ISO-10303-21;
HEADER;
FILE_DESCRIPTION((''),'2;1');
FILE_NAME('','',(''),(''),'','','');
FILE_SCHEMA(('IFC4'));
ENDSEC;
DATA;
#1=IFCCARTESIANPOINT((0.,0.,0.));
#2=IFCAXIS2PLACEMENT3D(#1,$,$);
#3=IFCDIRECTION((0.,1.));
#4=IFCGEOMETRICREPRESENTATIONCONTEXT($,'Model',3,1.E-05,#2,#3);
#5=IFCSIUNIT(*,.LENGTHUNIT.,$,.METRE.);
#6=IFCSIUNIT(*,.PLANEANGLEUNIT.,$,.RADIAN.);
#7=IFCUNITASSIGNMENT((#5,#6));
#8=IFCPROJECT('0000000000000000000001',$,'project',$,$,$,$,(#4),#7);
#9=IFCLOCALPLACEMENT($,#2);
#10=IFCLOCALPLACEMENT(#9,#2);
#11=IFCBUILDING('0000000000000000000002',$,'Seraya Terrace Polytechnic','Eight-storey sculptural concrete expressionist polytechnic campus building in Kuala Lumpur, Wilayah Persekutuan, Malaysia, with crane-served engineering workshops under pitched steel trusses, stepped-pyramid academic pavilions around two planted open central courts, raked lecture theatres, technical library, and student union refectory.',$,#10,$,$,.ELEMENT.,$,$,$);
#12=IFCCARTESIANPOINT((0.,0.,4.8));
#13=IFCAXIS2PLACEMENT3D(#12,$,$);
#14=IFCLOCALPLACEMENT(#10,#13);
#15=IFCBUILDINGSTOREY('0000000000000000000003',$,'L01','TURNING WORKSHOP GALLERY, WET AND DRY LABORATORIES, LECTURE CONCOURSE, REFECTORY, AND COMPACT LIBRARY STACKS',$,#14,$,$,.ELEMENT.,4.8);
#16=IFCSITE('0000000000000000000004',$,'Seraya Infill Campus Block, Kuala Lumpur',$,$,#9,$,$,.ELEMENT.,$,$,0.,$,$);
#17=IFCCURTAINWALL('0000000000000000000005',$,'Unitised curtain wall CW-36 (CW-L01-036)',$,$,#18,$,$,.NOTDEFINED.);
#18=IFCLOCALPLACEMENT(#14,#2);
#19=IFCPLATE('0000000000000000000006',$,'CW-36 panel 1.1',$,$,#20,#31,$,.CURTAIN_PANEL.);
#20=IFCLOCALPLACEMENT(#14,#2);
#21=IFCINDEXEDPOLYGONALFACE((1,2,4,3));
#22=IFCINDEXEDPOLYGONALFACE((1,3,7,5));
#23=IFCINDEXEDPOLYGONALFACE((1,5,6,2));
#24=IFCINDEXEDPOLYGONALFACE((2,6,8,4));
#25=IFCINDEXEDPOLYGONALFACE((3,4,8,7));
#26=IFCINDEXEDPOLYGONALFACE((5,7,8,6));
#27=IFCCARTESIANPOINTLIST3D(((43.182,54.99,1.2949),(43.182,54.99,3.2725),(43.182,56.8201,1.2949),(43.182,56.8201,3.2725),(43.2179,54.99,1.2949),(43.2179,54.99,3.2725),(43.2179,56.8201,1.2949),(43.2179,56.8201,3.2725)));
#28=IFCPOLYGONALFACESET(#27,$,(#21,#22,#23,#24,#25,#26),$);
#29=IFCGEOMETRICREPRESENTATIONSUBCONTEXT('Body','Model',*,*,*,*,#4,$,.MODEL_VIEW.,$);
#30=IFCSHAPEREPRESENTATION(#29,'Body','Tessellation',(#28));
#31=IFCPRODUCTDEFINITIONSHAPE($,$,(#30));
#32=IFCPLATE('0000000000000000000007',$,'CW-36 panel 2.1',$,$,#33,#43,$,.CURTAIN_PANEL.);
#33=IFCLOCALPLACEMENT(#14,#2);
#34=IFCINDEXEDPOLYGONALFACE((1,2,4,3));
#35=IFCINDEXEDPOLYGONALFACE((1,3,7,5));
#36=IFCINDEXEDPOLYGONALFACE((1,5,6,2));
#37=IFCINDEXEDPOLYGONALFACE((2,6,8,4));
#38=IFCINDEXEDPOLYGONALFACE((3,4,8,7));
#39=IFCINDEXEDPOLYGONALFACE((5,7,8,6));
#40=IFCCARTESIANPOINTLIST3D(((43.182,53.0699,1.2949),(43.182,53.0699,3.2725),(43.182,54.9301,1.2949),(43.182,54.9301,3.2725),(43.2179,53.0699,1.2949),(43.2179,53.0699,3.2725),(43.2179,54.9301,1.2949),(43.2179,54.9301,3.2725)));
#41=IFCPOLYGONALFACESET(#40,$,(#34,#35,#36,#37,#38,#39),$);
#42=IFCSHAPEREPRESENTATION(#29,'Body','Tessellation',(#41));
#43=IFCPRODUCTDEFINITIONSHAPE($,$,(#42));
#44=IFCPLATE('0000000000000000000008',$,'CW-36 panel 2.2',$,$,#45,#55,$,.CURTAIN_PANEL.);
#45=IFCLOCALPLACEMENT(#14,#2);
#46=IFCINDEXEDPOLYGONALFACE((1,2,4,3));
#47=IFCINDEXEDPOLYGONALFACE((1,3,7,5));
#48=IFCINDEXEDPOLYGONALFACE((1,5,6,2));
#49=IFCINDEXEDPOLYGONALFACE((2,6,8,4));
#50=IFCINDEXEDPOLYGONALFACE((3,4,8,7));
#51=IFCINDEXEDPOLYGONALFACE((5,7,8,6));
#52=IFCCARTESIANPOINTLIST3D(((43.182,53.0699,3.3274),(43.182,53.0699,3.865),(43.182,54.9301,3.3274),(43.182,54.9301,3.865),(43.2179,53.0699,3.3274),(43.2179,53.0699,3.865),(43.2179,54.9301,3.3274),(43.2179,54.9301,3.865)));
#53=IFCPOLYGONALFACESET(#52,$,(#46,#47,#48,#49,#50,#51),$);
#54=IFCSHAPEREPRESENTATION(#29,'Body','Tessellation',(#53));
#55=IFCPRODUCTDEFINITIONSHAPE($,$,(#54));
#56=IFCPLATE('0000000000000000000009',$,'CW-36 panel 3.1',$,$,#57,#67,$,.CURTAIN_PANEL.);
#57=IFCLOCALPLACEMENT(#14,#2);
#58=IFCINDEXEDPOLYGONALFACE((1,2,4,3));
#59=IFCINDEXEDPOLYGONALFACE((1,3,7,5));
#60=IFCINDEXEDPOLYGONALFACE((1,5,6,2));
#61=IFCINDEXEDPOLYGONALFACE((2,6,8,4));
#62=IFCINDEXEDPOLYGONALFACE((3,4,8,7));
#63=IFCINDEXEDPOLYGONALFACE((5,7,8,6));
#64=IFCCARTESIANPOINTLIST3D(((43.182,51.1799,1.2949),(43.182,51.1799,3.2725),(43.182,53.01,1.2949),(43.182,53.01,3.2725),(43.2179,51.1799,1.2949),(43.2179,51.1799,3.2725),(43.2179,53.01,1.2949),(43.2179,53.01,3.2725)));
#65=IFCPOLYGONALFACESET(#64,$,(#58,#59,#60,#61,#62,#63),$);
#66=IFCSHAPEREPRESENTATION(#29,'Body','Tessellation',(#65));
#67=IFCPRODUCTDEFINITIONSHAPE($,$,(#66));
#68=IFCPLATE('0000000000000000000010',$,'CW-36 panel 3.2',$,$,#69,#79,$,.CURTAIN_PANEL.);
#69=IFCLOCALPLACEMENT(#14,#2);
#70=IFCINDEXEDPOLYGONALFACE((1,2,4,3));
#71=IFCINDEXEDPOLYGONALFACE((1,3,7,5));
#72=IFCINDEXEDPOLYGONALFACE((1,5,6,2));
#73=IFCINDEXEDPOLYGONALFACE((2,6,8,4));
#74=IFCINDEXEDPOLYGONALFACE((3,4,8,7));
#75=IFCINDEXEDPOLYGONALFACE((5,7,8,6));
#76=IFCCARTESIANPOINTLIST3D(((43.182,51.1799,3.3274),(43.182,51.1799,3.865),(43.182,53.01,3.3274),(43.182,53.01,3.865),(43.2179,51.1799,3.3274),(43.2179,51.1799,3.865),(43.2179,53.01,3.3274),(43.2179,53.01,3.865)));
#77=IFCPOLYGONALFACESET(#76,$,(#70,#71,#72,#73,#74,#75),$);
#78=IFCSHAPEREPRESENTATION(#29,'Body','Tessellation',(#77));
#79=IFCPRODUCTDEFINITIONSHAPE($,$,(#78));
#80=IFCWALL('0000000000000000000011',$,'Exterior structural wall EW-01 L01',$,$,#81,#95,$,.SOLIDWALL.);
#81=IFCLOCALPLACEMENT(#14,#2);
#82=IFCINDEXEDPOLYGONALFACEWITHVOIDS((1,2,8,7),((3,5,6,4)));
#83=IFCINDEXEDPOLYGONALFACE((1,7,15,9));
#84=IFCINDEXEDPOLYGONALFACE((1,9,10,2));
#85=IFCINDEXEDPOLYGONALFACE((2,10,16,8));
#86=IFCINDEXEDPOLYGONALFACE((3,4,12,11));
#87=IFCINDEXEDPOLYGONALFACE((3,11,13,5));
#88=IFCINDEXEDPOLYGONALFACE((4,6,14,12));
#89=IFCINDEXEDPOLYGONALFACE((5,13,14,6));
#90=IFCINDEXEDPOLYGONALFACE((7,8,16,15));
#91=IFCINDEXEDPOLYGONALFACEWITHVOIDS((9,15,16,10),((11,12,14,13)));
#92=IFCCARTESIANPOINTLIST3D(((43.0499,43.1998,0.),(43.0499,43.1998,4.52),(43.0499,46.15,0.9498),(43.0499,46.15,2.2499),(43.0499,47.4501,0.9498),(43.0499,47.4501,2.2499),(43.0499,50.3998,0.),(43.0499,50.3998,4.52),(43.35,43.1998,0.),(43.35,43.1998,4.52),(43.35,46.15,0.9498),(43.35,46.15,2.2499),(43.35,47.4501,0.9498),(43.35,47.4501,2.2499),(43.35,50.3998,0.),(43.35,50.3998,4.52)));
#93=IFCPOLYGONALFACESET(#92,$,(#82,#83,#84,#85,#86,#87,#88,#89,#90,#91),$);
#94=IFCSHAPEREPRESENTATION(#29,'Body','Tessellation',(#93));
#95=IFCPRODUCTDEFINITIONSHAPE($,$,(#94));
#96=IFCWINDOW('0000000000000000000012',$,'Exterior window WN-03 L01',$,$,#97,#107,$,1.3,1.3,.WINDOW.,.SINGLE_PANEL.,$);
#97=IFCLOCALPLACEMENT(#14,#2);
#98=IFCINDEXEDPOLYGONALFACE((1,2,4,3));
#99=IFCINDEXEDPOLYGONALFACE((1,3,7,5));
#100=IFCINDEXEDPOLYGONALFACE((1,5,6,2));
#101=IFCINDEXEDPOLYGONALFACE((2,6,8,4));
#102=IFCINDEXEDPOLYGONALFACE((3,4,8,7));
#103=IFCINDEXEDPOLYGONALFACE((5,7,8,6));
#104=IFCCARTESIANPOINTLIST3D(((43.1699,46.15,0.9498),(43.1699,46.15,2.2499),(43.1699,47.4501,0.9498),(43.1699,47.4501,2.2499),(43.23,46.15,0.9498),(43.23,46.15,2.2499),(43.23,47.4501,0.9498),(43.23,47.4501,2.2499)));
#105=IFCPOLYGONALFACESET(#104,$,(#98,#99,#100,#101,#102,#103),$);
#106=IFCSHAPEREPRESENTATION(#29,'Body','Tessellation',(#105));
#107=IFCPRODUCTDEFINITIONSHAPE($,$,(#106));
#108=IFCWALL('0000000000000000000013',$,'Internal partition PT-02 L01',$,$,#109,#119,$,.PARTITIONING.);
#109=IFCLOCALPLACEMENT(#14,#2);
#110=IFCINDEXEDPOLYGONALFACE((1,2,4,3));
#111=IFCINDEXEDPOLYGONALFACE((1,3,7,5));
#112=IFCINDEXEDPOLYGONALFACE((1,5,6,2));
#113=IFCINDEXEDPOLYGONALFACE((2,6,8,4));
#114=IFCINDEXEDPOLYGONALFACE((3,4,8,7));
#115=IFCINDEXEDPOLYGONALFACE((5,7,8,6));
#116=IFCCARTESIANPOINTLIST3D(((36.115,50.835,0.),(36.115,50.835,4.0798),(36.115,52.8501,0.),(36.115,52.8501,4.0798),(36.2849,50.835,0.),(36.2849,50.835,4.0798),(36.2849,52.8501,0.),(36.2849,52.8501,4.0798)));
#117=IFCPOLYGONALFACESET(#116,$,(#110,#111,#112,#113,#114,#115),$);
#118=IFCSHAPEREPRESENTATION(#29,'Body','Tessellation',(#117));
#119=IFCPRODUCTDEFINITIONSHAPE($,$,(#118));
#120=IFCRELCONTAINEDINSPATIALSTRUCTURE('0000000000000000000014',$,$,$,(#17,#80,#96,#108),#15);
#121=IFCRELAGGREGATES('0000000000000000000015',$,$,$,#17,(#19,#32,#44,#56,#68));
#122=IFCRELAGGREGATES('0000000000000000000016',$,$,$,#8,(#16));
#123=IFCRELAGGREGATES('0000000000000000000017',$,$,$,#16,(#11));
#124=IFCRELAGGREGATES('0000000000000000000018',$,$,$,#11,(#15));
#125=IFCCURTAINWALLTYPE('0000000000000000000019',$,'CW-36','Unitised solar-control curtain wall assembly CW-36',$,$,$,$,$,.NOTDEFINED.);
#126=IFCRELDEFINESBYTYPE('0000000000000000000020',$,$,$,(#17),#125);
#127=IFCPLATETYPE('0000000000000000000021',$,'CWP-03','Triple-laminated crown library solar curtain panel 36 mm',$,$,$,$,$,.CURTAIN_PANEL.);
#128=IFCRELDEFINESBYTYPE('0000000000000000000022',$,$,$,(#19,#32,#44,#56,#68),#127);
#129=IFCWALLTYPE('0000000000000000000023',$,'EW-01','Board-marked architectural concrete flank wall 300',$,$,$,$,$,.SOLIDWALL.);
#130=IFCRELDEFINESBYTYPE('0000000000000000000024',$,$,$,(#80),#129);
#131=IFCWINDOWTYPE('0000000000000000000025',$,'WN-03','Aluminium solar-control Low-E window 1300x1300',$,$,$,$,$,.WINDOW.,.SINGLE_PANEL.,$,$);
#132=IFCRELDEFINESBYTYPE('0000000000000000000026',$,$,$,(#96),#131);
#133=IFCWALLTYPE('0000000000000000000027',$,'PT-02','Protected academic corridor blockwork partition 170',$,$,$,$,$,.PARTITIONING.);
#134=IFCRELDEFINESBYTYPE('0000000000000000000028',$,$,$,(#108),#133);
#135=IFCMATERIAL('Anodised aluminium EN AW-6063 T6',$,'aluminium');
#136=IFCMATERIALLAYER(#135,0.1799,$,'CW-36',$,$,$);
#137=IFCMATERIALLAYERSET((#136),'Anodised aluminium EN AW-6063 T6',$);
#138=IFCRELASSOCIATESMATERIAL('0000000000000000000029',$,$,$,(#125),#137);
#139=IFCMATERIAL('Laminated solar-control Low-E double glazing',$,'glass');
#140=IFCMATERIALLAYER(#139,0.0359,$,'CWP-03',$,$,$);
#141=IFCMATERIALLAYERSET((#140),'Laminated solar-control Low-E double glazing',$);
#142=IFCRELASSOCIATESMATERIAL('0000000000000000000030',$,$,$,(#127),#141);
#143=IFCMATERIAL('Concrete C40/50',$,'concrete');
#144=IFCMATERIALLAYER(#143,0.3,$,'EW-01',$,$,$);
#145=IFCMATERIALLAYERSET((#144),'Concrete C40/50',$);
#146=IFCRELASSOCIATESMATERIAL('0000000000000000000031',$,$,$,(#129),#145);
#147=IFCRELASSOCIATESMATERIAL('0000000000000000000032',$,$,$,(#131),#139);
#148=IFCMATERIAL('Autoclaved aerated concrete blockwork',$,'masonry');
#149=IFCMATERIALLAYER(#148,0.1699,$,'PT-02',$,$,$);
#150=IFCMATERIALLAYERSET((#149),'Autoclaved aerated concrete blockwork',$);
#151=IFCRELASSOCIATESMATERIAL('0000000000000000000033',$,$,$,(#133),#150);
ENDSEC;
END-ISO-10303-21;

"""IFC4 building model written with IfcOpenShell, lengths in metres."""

from ifc_helpers import new_model, si_unit, direction, frame, frame_2d, origin, origin_2d, place, context, subcontext, project, spatial, rectangle, extrude, material, layer, layer_set, type_object, element, fill, aggregate, save


model = new_model("IFC4")

# Units and contexts
model_context = context("Model", 3, precision=1e-05, world=origin(), true_north=direction((0.0, 1.0)))
body_context = subcontext(model_context, "Body", "Model", "MODEL_VIEW")
ifc_project = project(units=[si_unit("LENGTHUNIT", "METRE"), si_unit("PLANEANGLEUNIT", "RADIAN")], contexts=[model_context])

# Site, building, storey
site_placement = place(None, origin())
site = spatial("IfcSite", under=ifc_project, at=site_placement, Name="Seraya Infill Campus Block, Kuala Lumpur", CompositionType="ELEMENT", RefElevation=0.0)
building_placement = place(site_placement, origin())
building = spatial("IfcBuilding", under=site, at=building_placement, Name="Seraya Terrace Polytechnic", Description="Eight-storey sculptural concrete expressionist polytechnic campus building in Kuala Lumpur, Wilayah Persekutuan, Malaysia, with crane-served engineering workshops under pitched steel trusses, stepped-pyramid academic pavilions around two planted open central courts, raked lecture theatres, technical library, and student union refectory.", CompositionType="ELEMENT")
storey_placement = place(building_placement, frame((0.0, 0.0, 4.8)))
storey = spatial("IfcBuildingStorey", under=building, at=storey_placement, Name="L01", Description="TURNING WORKSHOP GALLERY, WET AND DRY LABORATORIES, LECTURE CONCOURSE, REFECTORY, AND COMPACT LIBRARY STACKS", CompositionType="ELEMENT", Elevation=4.8)

# Shared definitions
ifc_material_1 = material(Name="Concrete C40/50", Category="concrete")

# Curtain wall, plates
ifc_material_2 = material(Name="Anodised aluminium EN AW-6063 T6", Category="aluminium")
ifc_layer_1 = layer(ifc_material_2, 0.1799, Name="CW-36")
ifc_layer_set_1 = layer_set([ifc_layer_1], Name="Anodised aluminium EN AW-6063 T6")
curtain_wall_type = type_object("IfcCurtainWallType", Name="CW-36", Description="Unitised solar-control curtain wall assembly CW-36", PredefinedType="NOTDEFINED", material=ifc_layer_set_1)
curtain_wall_placement = place(storey_placement, origin())
curtain_wall = element("IfcCurtainWall", 1, at=curtain_wall_placement, inside=storey, type_object=curtain_wall_type, Name="Unitised curtain wall CW-36 (CW-L01-036)", PredefinedType="NOTDEFINED")
ifc_material_3 = material(Name="Laminated solar-control Low-E double glazing", Category="glass")
ifc_layer_2 = layer(ifc_material_3, 0.0359, Name="CWP-03")
ifc_layer_set_2 = layer_set([ifc_layer_2], Name="Laminated solar-control Low-E double glazing")
plate_type = type_object("IfcPlateType", Name="CWP-03", Description="Triple-laminated crown library solar curtain panel 36 mm", PredefinedType="CURTAIN_PANEL", material=ifc_layer_set_2)
plate_1_placement = place(storey_placement, frame((43.2, 55.905, 1.2949), z_axis=(0.0, 0.0, 1.0), x_axis=(0.0, -1.0, 0.0)))
plate_1 = element("IfcPlate", 2, at=plate_1_placement, type_object=plate_type, Name="CW-36 panel 1.1", PredefinedType="CURTAIN_PANEL", context=body_context, shape_type="SweptSolid", body=[
    extrude(rectangle(XDim=1.8301, YDim=0.0359, at=origin_2d()), origin(), (0.0, 0.0, 1.0), 1.9775),
])
plate_2_placement = place(storey_placement, frame((43.2, 54.0, 1.2949), z_axis=(0.0, 0.0, 1.0), x_axis=(0.0, -1.0, 0.0)))
plate_2 = element("IfcPlate", 3, at=plate_2_placement, type_object=plate_type, Name="CW-36 panel 2.1", PredefinedType="CURTAIN_PANEL", context=body_context, shape_type="SweptSolid", body=[
    extrude(rectangle(XDim=1.8601, YDim=0.0359, at=origin_2d()), origin(), (0.0, 0.0, 1.0), 1.9775),
])
plate_3_placement = place(storey_placement, frame((43.2, 54.0, 3.3274), z_axis=(0.0, 0.0, 1.0), x_axis=(0.0, -1.0, 0.0)))
plate_3 = element("IfcPlate", 4, at=plate_3_placement, type_object=plate_type, Name="CW-36 panel 2.2", PredefinedType="CURTAIN_PANEL", context=body_context, shape_type="SweptSolid", body=[
    extrude(rectangle(XDim=1.8601, YDim=0.0359, at=origin_2d()), origin(), (0.0, 0.0, 1.0), 0.5376),
])
plate_4_placement = place(storey_placement, frame((43.2, 52.095, 1.2949), z_axis=(0.0, 0.0, 1.0), x_axis=(0.0, -1.0, 0.0)))
plate_4 = element("IfcPlate", 5, at=plate_4_placement, type_object=plate_type, Name="CW-36 panel 3.1", PredefinedType="CURTAIN_PANEL", context=body_context, shape_type="SweptSolid", body=[
    extrude(rectangle(XDim=1.8301, YDim=0.0359, at=origin_2d()), origin(), (0.0, 0.0, 1.0), 1.9775),
])
plate_5_placement = place(storey_placement, frame((43.2, 52.095, 3.3274), z_axis=(0.0, 0.0, 1.0), x_axis=(0.0, -1.0, 0.0)))
plate_5 = element("IfcPlate", 6, at=plate_5_placement, type_object=plate_type, Name="CW-36 panel 3.2", PredefinedType="CURTAIN_PANEL", context=body_context, shape_type="SweptSolid", body=[
    extrude(rectangle(XDim=1.8301, YDim=0.0359, at=origin_2d()), origin(), (0.0, 0.0, 1.0), 0.5376),
])
aggregate(curtain_wall, [plate_1, plate_2, plate_3, plate_4, plate_5])

# Wall, opening, window
ifc_layer_3 = layer(ifc_material_1, 0.3, Name="EW-01")
ifc_layer_set_3 = layer_set([ifc_layer_3], Name="Concrete C40/50")
wall_type_1 = type_object("IfcWallType", Name="EW-01", Description="Board-marked architectural concrete flank wall 300", PredefinedType="SOLIDWALL", material=ifc_layer_set_3)
wall_1_placement = place(storey_placement, frame((43.2, 50.3999, 0.0), z_axis=(0.0, 0.0, 1.0), x_axis=(0.0, -1.0, 0.0)))
wall_1 = element("IfcWall", 7, at=wall_1_placement, inside=storey, type_object=wall_type_1, Name="Exterior structural wall EW-01 L01", PredefinedType="SOLIDWALL", context=body_context, shape_type="SweptSolid", body=[
    extrude(rectangle(XDim=7.2, YDim=0.3, at=frame_2d((3.6001, 0.0))), origin(), (0.0, 0.0, 1.0), 4.52),
])
opening_placement = place(wall_1_placement, frame((2.95, 0.0, 0.95)))
opening = element("IfcOpeningElement", 8, at=opening_placement, cuts=wall_1, PredefinedType="OPENING", context=body_context, shape_type="SweptSolid", body=[
    extrude(rectangle(XDim=1.3, YDim=1.3, at=frame_2d((0.6499, 0.6499))), frame((0.0, 0.1621, 0.0), z_axis=(0.0, -1.0, 0.0), x_axis=(1.0, 0.0, 0.0)), (0.0, 0.0, 1.0), 0.324),
])
window_type = type_object("IfcWindowType", Name="WN-03", Description="Aluminium solar-control Low-E window 1300x1300", PartitioningType="SINGLE_PANEL", PredefinedType="WINDOW", material=ifc_material_3)
window_placement = place(opening_placement, origin())
window = element("IfcWindow", 9, at=window_placement, inside=storey, type_object=window_type, Name="Exterior window WN-03 L01", OverallHeight=1.3, OverallWidth=1.3, PartitioningType="SINGLE_PANEL", PredefinedType="WINDOW", context=body_context, shape_type="SweptSolid", body=[
    extrude(rectangle(XDim=1.3, YDim=1.3, at=frame_2d((0.6499, 0.6499))), frame((0.0, 0.03, 0.0), z_axis=(0.0, -1.0, 0.0), x_axis=(1.0, 0.0, 0.0)), (0.0, 0.0, 1.0), 0.0601),
])
fill(opening, window)

# Wall
ifc_material_4 = material(Name="Autoclaved aerated concrete blockwork", Category="masonry")
ifc_layer_4 = layer(ifc_material_4, 0.1699, Name="PT-02")
ifc_layer_set_4 = layer_set([ifc_layer_4], Name="Autoclaved aerated concrete blockwork")
wall_type_2 = type_object("IfcWallType", Name="PT-02", Description="Protected academic corridor blockwork partition 170", PredefinedType="PARTITIONING", material=ifc_layer_set_4)
wall_2_placement = place(storey_placement, frame((36.2, 50.835, 0.0), z_axis=(0.0, 0.0, 1.0), x_axis=(0.0, 1.0, 0.0)))
element("IfcWall", 10, at=wall_2_placement, inside=storey, type_object=wall_type_2, Name="Internal partition PT-02 L01", PredefinedType="PARTITIONING", context=body_context, shape_type="SweptSolid", body=[
    extrude(rectangle(XDim=2.0151, YDim=0.1699, at=frame_2d((1.0076, 0.0))), origin(), (0.0, 0.0, 1.0), 4.0798),
])

save(model, "model.ifc")
